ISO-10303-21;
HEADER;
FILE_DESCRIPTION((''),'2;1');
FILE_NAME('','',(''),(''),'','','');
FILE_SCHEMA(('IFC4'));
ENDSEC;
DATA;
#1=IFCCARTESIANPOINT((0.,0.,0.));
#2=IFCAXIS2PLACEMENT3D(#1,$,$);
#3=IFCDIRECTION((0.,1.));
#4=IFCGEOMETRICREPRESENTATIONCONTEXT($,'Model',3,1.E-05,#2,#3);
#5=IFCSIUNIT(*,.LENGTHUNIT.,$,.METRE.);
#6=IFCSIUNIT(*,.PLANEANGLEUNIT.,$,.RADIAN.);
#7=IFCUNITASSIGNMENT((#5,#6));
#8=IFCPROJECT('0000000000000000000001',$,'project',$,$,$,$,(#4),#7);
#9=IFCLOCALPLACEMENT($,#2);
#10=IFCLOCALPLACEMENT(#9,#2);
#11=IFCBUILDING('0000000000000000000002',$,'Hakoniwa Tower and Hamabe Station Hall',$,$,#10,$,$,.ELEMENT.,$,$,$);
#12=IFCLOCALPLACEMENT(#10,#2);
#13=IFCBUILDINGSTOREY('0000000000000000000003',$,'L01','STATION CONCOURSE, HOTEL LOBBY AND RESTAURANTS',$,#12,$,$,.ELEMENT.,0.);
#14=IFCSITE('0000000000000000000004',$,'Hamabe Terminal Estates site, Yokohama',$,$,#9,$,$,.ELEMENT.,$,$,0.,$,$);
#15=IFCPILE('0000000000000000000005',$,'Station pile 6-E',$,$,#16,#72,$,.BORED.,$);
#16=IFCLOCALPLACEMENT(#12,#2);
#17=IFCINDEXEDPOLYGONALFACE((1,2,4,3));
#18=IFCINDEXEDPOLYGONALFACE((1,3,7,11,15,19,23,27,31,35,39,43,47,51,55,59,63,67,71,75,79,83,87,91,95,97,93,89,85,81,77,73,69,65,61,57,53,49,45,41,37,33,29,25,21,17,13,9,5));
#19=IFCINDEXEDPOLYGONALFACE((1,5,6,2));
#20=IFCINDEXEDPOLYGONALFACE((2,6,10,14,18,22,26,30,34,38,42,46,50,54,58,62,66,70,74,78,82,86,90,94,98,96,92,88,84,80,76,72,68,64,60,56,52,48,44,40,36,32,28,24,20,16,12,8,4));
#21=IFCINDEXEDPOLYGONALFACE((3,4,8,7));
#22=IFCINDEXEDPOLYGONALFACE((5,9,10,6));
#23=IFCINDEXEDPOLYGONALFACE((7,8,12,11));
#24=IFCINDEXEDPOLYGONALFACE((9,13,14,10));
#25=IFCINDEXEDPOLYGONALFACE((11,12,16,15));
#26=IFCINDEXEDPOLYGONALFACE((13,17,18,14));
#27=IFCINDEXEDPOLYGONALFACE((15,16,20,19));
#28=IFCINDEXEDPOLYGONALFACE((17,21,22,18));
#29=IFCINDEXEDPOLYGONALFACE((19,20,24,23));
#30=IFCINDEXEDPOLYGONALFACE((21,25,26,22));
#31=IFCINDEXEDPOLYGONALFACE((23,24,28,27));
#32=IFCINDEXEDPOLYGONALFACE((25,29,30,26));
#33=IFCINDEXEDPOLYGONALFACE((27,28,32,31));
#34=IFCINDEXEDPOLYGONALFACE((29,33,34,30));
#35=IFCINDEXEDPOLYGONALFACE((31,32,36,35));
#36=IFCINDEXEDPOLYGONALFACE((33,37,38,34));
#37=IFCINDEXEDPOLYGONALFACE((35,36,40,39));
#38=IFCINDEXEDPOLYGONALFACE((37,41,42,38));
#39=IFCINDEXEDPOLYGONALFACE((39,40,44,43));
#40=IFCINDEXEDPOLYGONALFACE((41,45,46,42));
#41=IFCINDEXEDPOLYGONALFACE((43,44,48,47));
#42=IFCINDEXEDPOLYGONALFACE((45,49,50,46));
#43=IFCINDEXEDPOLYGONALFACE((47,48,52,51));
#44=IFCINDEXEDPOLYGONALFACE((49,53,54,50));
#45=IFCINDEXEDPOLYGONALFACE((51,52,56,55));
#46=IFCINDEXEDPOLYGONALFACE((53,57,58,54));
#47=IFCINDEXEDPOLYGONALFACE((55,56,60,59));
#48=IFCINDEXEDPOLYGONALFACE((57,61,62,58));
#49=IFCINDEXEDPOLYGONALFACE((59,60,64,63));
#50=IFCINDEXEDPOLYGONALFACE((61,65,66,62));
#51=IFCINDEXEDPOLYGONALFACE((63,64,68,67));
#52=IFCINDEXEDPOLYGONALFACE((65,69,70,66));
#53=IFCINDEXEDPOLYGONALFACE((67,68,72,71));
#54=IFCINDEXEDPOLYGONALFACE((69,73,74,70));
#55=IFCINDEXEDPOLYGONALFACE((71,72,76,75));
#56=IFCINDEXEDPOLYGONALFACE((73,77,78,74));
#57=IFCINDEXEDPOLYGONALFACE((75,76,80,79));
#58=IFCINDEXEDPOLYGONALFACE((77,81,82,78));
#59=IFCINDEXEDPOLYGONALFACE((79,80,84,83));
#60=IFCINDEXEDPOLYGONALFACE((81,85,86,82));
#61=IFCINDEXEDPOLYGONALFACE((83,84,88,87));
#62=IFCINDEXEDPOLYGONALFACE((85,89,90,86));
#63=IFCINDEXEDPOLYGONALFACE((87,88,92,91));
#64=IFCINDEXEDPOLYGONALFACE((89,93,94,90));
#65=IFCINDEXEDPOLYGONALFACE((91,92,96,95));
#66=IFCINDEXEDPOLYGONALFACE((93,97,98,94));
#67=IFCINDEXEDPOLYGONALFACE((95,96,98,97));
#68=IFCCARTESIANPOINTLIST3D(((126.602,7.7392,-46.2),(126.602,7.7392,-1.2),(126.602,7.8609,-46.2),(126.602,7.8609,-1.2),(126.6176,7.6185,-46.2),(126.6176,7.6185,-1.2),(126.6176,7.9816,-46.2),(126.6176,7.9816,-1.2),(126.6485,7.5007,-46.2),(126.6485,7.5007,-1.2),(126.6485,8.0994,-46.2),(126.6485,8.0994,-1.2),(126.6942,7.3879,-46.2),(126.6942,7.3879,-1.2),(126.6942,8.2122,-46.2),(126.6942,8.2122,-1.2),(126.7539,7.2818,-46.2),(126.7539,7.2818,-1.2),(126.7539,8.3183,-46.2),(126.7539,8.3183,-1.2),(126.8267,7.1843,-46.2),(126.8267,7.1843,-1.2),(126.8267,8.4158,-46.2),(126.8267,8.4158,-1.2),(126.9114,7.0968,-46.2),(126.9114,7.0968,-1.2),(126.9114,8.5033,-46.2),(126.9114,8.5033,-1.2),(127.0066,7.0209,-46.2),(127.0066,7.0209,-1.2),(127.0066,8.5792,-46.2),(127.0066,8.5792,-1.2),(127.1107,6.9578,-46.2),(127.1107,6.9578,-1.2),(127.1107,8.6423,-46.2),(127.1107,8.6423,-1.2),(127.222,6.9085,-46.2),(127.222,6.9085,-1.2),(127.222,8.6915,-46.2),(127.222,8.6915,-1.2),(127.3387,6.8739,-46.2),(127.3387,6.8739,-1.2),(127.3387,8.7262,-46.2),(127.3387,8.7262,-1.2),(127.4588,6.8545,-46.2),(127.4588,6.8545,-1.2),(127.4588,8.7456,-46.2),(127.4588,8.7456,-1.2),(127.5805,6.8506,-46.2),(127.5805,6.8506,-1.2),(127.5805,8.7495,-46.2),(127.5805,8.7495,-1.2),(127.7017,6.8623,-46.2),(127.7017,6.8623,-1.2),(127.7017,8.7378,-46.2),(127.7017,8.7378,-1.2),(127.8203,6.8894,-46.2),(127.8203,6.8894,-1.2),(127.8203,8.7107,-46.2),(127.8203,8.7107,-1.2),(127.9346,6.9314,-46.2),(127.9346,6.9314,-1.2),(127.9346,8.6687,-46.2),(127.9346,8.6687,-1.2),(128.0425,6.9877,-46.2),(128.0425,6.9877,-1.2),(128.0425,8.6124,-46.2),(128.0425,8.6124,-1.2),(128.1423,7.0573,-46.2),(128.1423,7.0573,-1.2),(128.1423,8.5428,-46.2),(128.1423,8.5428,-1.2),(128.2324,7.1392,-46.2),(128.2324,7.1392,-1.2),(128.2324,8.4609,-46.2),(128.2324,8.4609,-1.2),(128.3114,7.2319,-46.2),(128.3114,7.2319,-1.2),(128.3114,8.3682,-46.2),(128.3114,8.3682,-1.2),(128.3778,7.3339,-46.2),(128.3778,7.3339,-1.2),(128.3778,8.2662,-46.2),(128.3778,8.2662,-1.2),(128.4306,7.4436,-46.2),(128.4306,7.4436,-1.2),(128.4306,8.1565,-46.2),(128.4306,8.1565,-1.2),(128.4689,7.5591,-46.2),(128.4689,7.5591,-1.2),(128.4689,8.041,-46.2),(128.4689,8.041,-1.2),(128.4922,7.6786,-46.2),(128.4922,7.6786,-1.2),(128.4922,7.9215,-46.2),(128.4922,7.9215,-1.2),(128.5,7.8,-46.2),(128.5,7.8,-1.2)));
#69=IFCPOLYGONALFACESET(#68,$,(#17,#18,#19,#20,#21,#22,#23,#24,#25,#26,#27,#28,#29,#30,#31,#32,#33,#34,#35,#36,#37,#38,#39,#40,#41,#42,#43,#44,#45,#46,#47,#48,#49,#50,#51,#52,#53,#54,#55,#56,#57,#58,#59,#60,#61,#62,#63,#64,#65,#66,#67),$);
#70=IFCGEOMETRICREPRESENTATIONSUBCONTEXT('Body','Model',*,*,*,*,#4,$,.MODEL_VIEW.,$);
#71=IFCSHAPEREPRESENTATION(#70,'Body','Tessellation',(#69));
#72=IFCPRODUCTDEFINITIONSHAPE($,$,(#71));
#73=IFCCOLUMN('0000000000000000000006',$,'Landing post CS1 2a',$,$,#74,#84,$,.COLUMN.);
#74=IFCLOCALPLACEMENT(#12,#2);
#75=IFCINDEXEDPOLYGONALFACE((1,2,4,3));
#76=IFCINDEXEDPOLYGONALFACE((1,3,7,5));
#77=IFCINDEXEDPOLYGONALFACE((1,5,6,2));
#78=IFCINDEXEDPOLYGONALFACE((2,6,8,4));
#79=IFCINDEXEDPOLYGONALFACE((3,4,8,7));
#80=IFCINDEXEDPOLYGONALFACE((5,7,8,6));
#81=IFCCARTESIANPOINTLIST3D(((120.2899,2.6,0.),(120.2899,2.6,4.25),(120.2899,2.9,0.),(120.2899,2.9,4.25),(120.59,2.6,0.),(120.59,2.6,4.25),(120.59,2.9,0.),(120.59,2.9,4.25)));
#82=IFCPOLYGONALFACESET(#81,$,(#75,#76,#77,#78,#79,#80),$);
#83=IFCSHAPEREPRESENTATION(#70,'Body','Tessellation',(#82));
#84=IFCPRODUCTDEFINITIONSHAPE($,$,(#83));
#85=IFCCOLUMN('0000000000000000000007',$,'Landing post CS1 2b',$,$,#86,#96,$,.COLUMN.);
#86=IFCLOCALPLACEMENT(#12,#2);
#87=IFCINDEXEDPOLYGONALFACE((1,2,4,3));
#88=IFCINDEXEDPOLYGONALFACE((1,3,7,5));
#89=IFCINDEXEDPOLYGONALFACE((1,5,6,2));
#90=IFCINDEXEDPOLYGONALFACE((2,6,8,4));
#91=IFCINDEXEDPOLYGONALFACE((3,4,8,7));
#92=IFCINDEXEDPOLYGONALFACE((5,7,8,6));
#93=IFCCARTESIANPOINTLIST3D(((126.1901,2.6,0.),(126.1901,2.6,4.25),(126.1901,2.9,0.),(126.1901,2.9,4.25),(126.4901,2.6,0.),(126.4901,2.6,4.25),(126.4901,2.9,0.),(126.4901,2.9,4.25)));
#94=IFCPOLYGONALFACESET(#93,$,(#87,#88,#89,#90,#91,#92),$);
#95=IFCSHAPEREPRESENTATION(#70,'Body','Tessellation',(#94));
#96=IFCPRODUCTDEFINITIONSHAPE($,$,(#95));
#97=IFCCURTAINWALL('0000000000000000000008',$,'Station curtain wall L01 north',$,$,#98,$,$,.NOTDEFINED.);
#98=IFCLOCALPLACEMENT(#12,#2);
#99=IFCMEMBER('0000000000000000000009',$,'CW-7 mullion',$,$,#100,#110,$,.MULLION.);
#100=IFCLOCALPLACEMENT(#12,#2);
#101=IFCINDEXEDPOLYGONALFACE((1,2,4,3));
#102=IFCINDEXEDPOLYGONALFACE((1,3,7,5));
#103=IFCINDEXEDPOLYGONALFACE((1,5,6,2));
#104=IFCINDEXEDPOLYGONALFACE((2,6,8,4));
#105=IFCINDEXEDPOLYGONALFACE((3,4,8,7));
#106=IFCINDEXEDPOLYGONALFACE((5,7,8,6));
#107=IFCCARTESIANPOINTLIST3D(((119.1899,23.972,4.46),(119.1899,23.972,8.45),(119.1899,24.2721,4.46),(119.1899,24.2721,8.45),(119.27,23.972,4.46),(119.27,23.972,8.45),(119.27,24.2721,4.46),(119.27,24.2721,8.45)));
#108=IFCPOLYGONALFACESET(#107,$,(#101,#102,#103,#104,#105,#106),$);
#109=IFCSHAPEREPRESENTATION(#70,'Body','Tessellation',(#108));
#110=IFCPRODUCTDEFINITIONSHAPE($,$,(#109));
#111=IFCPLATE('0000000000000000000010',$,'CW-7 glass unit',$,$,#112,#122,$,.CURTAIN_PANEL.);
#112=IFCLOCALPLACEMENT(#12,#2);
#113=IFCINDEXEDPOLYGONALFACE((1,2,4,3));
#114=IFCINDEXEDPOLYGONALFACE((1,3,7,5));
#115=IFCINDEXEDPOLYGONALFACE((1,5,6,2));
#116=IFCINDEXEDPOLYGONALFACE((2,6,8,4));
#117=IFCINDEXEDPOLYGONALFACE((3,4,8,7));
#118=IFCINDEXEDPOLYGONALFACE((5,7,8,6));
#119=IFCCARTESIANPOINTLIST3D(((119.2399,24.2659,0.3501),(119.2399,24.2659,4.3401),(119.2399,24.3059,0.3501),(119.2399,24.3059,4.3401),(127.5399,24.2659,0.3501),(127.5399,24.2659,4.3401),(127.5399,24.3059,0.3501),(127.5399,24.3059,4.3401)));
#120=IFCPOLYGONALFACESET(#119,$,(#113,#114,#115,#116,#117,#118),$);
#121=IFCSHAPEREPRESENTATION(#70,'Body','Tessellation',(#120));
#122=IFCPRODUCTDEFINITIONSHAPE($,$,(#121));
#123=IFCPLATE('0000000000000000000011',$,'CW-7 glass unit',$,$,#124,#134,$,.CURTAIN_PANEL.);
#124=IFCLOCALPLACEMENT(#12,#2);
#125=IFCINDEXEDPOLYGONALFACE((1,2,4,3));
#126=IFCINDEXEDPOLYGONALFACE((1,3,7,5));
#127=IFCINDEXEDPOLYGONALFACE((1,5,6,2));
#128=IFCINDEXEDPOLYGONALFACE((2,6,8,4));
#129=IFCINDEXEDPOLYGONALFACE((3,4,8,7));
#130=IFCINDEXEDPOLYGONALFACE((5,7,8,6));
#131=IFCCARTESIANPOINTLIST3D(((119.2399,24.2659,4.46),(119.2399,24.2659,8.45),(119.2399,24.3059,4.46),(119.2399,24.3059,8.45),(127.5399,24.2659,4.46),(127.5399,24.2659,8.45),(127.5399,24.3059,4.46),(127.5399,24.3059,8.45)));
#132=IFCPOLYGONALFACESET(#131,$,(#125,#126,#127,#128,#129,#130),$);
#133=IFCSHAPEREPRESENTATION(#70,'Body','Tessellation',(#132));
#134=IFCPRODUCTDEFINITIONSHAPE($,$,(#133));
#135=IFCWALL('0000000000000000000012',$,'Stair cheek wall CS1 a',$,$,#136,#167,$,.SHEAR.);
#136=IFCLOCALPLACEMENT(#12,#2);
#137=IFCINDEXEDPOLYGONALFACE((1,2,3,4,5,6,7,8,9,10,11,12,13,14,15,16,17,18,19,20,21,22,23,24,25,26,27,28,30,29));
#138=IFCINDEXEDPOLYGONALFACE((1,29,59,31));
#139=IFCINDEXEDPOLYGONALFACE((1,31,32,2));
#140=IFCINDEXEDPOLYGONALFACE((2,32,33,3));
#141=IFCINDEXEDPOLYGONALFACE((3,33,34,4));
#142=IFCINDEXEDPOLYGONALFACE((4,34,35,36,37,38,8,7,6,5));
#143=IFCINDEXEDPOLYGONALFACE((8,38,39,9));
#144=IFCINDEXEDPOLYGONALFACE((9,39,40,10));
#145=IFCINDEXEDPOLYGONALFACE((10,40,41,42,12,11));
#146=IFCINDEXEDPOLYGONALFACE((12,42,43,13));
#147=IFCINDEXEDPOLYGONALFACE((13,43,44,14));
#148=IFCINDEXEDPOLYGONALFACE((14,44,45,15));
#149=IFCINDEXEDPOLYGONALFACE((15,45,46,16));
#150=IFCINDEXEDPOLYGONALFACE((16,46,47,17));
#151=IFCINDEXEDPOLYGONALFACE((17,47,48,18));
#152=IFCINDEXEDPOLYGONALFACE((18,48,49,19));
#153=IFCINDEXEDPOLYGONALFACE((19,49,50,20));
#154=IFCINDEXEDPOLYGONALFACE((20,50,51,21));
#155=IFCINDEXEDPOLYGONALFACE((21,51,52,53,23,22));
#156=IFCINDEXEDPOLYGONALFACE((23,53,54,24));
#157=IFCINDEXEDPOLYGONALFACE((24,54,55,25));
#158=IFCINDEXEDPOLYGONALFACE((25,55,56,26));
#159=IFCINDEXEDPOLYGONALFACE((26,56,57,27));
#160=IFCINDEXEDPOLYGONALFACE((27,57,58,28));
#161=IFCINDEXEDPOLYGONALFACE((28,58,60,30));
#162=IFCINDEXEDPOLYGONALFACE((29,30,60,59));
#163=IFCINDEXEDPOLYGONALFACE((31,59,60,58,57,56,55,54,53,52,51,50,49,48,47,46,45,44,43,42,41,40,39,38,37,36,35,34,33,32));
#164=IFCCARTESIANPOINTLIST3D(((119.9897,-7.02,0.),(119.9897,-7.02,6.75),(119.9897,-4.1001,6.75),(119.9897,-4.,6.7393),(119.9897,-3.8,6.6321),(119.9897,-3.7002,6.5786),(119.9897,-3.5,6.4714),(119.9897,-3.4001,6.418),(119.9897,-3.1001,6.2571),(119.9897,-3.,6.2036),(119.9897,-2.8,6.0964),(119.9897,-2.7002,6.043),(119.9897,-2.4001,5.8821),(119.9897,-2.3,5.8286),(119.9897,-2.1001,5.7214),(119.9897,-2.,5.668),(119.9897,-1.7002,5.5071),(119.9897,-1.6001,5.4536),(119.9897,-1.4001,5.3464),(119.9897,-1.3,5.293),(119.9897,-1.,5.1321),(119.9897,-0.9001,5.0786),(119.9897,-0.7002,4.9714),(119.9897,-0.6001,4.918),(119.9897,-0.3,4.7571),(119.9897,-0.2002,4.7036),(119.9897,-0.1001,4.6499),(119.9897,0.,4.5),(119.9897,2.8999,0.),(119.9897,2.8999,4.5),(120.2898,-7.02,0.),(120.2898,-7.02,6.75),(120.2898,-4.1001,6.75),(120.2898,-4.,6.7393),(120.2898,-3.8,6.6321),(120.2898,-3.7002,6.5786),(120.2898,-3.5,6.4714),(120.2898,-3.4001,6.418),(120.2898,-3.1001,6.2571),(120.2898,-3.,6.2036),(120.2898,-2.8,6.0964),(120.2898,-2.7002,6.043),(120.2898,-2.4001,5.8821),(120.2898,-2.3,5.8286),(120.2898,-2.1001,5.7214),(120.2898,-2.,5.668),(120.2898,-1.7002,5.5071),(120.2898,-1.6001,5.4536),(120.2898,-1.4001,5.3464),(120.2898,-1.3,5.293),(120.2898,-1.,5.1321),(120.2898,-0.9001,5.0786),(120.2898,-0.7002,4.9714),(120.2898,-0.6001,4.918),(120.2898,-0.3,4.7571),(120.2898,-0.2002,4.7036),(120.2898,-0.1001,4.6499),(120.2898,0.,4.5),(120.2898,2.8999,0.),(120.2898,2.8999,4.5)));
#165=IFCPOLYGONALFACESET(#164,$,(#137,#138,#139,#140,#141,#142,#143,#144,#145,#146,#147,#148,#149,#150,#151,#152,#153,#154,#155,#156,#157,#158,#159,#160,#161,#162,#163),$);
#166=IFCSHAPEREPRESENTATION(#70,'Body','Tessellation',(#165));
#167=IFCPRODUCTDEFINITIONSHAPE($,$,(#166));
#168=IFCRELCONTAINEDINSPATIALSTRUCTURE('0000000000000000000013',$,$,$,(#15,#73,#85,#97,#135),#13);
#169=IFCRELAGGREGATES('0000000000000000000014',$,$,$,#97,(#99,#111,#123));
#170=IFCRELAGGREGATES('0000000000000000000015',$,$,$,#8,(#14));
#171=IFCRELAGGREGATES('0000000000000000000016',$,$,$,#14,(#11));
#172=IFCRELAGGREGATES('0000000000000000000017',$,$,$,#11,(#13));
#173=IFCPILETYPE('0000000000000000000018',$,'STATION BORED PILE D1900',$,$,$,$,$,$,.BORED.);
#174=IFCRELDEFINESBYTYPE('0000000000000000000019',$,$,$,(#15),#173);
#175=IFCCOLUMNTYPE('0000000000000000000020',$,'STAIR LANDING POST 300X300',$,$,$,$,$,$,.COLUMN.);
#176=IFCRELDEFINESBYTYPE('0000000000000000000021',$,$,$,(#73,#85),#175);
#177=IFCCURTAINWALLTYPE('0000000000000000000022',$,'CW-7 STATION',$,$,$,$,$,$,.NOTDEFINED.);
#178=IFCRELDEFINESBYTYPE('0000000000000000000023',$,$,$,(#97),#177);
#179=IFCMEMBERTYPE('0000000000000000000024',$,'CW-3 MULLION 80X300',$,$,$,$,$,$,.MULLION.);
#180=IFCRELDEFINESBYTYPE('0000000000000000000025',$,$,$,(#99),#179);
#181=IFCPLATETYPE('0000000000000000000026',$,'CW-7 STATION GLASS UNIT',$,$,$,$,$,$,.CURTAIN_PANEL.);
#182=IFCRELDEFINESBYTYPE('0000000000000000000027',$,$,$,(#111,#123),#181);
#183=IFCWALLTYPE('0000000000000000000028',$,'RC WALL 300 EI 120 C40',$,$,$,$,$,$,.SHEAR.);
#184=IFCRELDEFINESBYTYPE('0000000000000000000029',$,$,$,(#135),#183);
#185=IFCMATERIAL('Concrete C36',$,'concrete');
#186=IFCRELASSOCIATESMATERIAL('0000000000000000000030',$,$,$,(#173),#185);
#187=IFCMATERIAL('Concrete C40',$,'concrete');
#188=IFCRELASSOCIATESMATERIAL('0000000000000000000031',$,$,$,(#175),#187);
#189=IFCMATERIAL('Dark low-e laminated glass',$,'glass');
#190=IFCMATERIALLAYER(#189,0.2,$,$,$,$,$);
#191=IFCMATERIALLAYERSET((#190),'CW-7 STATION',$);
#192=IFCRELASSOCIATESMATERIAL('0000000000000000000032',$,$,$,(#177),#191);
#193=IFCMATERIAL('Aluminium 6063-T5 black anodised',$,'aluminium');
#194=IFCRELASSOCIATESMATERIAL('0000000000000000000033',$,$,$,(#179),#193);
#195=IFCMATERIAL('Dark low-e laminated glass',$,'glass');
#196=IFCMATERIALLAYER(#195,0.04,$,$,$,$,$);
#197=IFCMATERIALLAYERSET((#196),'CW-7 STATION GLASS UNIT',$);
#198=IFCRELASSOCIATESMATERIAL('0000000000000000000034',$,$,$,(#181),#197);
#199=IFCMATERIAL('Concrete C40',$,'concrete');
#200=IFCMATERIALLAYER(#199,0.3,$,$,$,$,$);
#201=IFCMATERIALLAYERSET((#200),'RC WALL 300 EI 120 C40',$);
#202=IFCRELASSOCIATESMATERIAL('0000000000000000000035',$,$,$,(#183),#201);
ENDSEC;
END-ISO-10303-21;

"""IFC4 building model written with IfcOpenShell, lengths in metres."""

from ifc_helpers import new_model, si_unit, direction, frame, origin, origin_2d, place, context, subcontext, project, spatial, polyline, rectangle, circle, outline, extrude, material, layer, layer_set, material_profile, profile_set, type_object, element, aggregate, save


model = new_model("IFC4")

# Units and contexts
model_context = context("Model", 3, precision=1e-05, world=origin(), true_north=direction((0.0, 1.0)))
body_context = subcontext(model_context, "Body", "Model", "MODEL_VIEW")
ifc_project = project(units=[si_unit("LENGTHUNIT", "METRE"), si_unit("PLANEANGLEUNIT", "RADIAN")], contexts=[model_context])

# Site, building, storey
site_placement = place(None, origin())
site = spatial("IfcSite", under=ifc_project, at=site_placement, Name="Hamabe Terminal Estates site, Yokohama", CompositionType="ELEMENT", RefElevation=0.0)
building_placement = place(site_placement, origin())
building = spatial("IfcBuilding", under=site, at=building_placement, Name="Hakoniwa Tower and Hamabe Station Hall", CompositionType="ELEMENT")
storey_placement = place(building_placement, origin())
storey = spatial("IfcBuildingStorey", under=building, at=storey_placement, Name="L01", Description="STATION CONCOURSE, HOTEL LOBBY AND RESTAURANTS", CompositionType="ELEMENT", Elevation=0.0)

# Pile
ifc_material_1 = material(Name="Concrete C36", Category="concrete")
ifc_material_profile_1 = material_profile(ifc_material_1, circle(Radius=0.95, at=origin_2d()), Name="STATION BORED PILE D1900")
ifc_profile_set_1 = profile_set([ifc_material_profile_1], Name="Concrete C36")
pile_type = type_object("IfcPileType", Name="STATION BORED PILE D1900", PredefinedType="BORED", material=ifc_profile_set_1)
pile_placement = place(storey_placement, frame((127.55, 7.8, -1.2), z_axis=(0.0, 0.0, -1.0), x_axis=(1.0, 0.0, 0.0)))
element("IfcPile", 1, at=pile_placement, inside=storey, type_object=pile_type, Name="Station pile 6-E", PredefinedType="BORED", context=body_context, shape_type="SweptSolid", body=[
    extrude(circle(Radius=0.95, at=origin_2d()), origin(), (0.0, 0.0, 1.0), 45.0),
])

# Columns
ifc_material_2 = material(Name="Concrete C40", Category="concrete")
ifc_material_profile_2 = material_profile(ifc_material_2, rectangle(XDim=0.3, YDim=0.3, at=origin_2d()), Name="STAIR LANDING POST 300X300")
ifc_profile_set_2 = profile_set([ifc_material_profile_2], Name="Concrete C40")
column_type = type_object("IfcColumnType", Name="STAIR LANDING POST 300X300", PredefinedType="COLUMN", material=ifc_profile_set_2)
for number, where, z_axis, x_axis, name in (
    (2, (120.4399, 2.75, 0.0), (0.0, 0.0, 1.0), (1.0, 0.0, 0.0), "Landing post CS1 2a"),
    (3, (126.3401, 2.75, 0.0), (0.0, 0.0, 1.0), (1.0, 0.0, 0.0), "Landing post CS1 2b"),
):
    element("IfcColumn", number, at=place(storey_placement, frame(where, z_axis=z_axis, x_axis=x_axis)), inside=storey, type_object=column_type, Name=name, PredefinedType="COLUMN", context=body_context, shape_type="SweptSolid", body=[
        extrude(rectangle(XDim=0.3, YDim=0.3, at=origin_2d()), origin(), (0.0, 0.0, 1.0), 4.25),
    ])

# Curtain wall, member, plates
ifc_material_3 = material(Name="Dark low-e laminated glass", Category="glass")
ifc_layer_1 = layer(ifc_material_3, 0.2)
ifc_layer_set_1 = layer_set([ifc_layer_1], Name="CW-7 STATION")
curtain_wall_type = type_object("IfcCurtainWallType", Name="CW-7 STATION", PredefinedType="NOTDEFINED", material=ifc_layer_set_1)
curtain_wall_placement = place(storey_placement, origin())
curtain_wall = element("IfcCurtainWall", 4, at=curtain_wall_placement, inside=storey, type_object=curtain_wall_type, Name="Station curtain wall L01 north", PredefinedType="NOTDEFINED")
ifc_material_4 = material(Name="Aluminium 6063-T5 black anodised", Category="aluminium")
ifc_material_profile_3 = material_profile(ifc_material_4, rectangle(XDim=0.0801, YDim=0.3, at=origin_2d()), Name="CW-3 MULLION 80X300")
ifc_profile_set_3 = profile_set([ifc_material_profile_3], Name="Aluminium 6063-T5 black anodised")
member_type = type_object("IfcMemberType", Name="CW-3 MULLION 80X300", PredefinedType="MULLION", material=ifc_profile_set_3)
member_placement = place(storey_placement, frame((119.23, 24.1221, 4.46), z_axis=(0.0, 0.0, 1.0), x_axis=(-1.0, 0.0, 0.0)))
member = element("IfcMember", 5, at=member_placement, type_object=member_type, Name="CW-7 mullion", PredefinedType="MULLION", context=body_context, shape_type="SweptSolid", body=[
    extrude(rectangle(XDim=0.0801, YDim=0.3, at=origin_2d()), origin(), (0.0, 0.0, 1.0), 3.99),
])
ifc_material_5 = material(Name="Dark low-e laminated glass", Category="glass")
ifc_layer_2 = layer(ifc_material_5, 0.04)
ifc_layer_set_2 = layer_set([ifc_layer_2], Name="CW-7 STATION GLASS UNIT")
plate_type = type_object("IfcPlateType", Name="CW-7 STATION GLASS UNIT", PredefinedType="CURTAIN_PANEL", material=ifc_layer_set_2)
plate_1_placement = place(storey_placement, frame((123.3899, 24.2859, 0.3501), z_axis=(0.0, 0.0, 1.0), x_axis=(-1.0, 0.0, 0.0)))
plate_1 = element("IfcPlate", 6, at=plate_1_placement, type_object=plate_type, Name="CW-7 glass unit", PredefinedType="CURTAIN_PANEL", context=body_context, shape_type="SweptSolid", body=[
    extrude(rectangle(XDim=8.3, YDim=0.04, at=origin_2d()), origin(), (0.0, 0.0, 1.0), 3.99),
])
plate_2_placement = place(storey_placement, frame((123.3899, 24.2859, 4.46), z_axis=(0.0, 0.0, 1.0), x_axis=(-1.0, 0.0, 0.0)))
plate_2 = element("IfcPlate", 7, at=plate_2_placement, type_object=plate_type, Name="CW-7 glass unit", PredefinedType="CURTAIN_PANEL", context=body_context, shape_type="SweptSolid", body=[
    extrude(rectangle(XDim=8.3, YDim=0.04, at=origin_2d()), origin(), (0.0, 0.0, 1.0), 3.99),
])
aggregate(curtain_wall, [member, plate_1, plate_2])

# Wall
ifc_material_6 = material(Name="Concrete C40", Category="concrete")
ifc_layer_3 = layer(ifc_material_6, 0.3)
ifc_layer_set_3 = layer_set([ifc_layer_3], Name="RC WALL 300 EI 120 C40")
wall_type = type_object("IfcWallType", Name="RC WALL 300 EI 120 C40", PredefinedType="SHEAR", material=ifc_layer_set_3)
wall_1_placement = place(storey_placement, frame((120.1399, 2.8999, 0.0), z_axis=(0.0, 0.0, 1.0), x_axis=(0.0, -1.0, 0.0)))
element("IfcWall", 8, at=wall_1_placement, inside=storey, type_object=wall_type, Name="Stair cheek wall CS1 a", PredefinedType="SHEAR", context=body_context, shape_type="SweptSolid", body=[
    extrude(outline(polyline([(0.0, 0.0), (9.9199, 0.0), (9.9199, 6.75), (7.0, 6.75), (6.8999, 6.7393), (6.7, 6.6321), (6.6001, 6.5786), (6.3999, 6.4714), (6.3, 6.418), (6.0, 6.2571), (5.8999, 6.2036), (5.7, 6.0964), (5.6001, 6.043), (5.3, 5.8821), (5.2, 5.8286), (5.0, 5.7214), (4.8999, 5.668), (4.6001, 5.5071), (4.5, 5.4536), (4.3, 5.3464), (4.2, 5.293), (3.8999, 5.1321), (3.8, 5.0786), (3.6001, 4.9714), (3.5, 4.918), (3.2, 4.7571), (3.1001, 4.7036), (3.0, 4.6499), (2.8999, 4.5), (0.0, 4.5), (0.0, 0.0)])), frame((0.0, 0.1499, 0.0), z_axis=(0.0, -1.0, 0.0), x_axis=(1.0, 0.0, 0.0)), (0.0, 0.0, 1.0), 0.3),
])

save(model, "model.ifc")
